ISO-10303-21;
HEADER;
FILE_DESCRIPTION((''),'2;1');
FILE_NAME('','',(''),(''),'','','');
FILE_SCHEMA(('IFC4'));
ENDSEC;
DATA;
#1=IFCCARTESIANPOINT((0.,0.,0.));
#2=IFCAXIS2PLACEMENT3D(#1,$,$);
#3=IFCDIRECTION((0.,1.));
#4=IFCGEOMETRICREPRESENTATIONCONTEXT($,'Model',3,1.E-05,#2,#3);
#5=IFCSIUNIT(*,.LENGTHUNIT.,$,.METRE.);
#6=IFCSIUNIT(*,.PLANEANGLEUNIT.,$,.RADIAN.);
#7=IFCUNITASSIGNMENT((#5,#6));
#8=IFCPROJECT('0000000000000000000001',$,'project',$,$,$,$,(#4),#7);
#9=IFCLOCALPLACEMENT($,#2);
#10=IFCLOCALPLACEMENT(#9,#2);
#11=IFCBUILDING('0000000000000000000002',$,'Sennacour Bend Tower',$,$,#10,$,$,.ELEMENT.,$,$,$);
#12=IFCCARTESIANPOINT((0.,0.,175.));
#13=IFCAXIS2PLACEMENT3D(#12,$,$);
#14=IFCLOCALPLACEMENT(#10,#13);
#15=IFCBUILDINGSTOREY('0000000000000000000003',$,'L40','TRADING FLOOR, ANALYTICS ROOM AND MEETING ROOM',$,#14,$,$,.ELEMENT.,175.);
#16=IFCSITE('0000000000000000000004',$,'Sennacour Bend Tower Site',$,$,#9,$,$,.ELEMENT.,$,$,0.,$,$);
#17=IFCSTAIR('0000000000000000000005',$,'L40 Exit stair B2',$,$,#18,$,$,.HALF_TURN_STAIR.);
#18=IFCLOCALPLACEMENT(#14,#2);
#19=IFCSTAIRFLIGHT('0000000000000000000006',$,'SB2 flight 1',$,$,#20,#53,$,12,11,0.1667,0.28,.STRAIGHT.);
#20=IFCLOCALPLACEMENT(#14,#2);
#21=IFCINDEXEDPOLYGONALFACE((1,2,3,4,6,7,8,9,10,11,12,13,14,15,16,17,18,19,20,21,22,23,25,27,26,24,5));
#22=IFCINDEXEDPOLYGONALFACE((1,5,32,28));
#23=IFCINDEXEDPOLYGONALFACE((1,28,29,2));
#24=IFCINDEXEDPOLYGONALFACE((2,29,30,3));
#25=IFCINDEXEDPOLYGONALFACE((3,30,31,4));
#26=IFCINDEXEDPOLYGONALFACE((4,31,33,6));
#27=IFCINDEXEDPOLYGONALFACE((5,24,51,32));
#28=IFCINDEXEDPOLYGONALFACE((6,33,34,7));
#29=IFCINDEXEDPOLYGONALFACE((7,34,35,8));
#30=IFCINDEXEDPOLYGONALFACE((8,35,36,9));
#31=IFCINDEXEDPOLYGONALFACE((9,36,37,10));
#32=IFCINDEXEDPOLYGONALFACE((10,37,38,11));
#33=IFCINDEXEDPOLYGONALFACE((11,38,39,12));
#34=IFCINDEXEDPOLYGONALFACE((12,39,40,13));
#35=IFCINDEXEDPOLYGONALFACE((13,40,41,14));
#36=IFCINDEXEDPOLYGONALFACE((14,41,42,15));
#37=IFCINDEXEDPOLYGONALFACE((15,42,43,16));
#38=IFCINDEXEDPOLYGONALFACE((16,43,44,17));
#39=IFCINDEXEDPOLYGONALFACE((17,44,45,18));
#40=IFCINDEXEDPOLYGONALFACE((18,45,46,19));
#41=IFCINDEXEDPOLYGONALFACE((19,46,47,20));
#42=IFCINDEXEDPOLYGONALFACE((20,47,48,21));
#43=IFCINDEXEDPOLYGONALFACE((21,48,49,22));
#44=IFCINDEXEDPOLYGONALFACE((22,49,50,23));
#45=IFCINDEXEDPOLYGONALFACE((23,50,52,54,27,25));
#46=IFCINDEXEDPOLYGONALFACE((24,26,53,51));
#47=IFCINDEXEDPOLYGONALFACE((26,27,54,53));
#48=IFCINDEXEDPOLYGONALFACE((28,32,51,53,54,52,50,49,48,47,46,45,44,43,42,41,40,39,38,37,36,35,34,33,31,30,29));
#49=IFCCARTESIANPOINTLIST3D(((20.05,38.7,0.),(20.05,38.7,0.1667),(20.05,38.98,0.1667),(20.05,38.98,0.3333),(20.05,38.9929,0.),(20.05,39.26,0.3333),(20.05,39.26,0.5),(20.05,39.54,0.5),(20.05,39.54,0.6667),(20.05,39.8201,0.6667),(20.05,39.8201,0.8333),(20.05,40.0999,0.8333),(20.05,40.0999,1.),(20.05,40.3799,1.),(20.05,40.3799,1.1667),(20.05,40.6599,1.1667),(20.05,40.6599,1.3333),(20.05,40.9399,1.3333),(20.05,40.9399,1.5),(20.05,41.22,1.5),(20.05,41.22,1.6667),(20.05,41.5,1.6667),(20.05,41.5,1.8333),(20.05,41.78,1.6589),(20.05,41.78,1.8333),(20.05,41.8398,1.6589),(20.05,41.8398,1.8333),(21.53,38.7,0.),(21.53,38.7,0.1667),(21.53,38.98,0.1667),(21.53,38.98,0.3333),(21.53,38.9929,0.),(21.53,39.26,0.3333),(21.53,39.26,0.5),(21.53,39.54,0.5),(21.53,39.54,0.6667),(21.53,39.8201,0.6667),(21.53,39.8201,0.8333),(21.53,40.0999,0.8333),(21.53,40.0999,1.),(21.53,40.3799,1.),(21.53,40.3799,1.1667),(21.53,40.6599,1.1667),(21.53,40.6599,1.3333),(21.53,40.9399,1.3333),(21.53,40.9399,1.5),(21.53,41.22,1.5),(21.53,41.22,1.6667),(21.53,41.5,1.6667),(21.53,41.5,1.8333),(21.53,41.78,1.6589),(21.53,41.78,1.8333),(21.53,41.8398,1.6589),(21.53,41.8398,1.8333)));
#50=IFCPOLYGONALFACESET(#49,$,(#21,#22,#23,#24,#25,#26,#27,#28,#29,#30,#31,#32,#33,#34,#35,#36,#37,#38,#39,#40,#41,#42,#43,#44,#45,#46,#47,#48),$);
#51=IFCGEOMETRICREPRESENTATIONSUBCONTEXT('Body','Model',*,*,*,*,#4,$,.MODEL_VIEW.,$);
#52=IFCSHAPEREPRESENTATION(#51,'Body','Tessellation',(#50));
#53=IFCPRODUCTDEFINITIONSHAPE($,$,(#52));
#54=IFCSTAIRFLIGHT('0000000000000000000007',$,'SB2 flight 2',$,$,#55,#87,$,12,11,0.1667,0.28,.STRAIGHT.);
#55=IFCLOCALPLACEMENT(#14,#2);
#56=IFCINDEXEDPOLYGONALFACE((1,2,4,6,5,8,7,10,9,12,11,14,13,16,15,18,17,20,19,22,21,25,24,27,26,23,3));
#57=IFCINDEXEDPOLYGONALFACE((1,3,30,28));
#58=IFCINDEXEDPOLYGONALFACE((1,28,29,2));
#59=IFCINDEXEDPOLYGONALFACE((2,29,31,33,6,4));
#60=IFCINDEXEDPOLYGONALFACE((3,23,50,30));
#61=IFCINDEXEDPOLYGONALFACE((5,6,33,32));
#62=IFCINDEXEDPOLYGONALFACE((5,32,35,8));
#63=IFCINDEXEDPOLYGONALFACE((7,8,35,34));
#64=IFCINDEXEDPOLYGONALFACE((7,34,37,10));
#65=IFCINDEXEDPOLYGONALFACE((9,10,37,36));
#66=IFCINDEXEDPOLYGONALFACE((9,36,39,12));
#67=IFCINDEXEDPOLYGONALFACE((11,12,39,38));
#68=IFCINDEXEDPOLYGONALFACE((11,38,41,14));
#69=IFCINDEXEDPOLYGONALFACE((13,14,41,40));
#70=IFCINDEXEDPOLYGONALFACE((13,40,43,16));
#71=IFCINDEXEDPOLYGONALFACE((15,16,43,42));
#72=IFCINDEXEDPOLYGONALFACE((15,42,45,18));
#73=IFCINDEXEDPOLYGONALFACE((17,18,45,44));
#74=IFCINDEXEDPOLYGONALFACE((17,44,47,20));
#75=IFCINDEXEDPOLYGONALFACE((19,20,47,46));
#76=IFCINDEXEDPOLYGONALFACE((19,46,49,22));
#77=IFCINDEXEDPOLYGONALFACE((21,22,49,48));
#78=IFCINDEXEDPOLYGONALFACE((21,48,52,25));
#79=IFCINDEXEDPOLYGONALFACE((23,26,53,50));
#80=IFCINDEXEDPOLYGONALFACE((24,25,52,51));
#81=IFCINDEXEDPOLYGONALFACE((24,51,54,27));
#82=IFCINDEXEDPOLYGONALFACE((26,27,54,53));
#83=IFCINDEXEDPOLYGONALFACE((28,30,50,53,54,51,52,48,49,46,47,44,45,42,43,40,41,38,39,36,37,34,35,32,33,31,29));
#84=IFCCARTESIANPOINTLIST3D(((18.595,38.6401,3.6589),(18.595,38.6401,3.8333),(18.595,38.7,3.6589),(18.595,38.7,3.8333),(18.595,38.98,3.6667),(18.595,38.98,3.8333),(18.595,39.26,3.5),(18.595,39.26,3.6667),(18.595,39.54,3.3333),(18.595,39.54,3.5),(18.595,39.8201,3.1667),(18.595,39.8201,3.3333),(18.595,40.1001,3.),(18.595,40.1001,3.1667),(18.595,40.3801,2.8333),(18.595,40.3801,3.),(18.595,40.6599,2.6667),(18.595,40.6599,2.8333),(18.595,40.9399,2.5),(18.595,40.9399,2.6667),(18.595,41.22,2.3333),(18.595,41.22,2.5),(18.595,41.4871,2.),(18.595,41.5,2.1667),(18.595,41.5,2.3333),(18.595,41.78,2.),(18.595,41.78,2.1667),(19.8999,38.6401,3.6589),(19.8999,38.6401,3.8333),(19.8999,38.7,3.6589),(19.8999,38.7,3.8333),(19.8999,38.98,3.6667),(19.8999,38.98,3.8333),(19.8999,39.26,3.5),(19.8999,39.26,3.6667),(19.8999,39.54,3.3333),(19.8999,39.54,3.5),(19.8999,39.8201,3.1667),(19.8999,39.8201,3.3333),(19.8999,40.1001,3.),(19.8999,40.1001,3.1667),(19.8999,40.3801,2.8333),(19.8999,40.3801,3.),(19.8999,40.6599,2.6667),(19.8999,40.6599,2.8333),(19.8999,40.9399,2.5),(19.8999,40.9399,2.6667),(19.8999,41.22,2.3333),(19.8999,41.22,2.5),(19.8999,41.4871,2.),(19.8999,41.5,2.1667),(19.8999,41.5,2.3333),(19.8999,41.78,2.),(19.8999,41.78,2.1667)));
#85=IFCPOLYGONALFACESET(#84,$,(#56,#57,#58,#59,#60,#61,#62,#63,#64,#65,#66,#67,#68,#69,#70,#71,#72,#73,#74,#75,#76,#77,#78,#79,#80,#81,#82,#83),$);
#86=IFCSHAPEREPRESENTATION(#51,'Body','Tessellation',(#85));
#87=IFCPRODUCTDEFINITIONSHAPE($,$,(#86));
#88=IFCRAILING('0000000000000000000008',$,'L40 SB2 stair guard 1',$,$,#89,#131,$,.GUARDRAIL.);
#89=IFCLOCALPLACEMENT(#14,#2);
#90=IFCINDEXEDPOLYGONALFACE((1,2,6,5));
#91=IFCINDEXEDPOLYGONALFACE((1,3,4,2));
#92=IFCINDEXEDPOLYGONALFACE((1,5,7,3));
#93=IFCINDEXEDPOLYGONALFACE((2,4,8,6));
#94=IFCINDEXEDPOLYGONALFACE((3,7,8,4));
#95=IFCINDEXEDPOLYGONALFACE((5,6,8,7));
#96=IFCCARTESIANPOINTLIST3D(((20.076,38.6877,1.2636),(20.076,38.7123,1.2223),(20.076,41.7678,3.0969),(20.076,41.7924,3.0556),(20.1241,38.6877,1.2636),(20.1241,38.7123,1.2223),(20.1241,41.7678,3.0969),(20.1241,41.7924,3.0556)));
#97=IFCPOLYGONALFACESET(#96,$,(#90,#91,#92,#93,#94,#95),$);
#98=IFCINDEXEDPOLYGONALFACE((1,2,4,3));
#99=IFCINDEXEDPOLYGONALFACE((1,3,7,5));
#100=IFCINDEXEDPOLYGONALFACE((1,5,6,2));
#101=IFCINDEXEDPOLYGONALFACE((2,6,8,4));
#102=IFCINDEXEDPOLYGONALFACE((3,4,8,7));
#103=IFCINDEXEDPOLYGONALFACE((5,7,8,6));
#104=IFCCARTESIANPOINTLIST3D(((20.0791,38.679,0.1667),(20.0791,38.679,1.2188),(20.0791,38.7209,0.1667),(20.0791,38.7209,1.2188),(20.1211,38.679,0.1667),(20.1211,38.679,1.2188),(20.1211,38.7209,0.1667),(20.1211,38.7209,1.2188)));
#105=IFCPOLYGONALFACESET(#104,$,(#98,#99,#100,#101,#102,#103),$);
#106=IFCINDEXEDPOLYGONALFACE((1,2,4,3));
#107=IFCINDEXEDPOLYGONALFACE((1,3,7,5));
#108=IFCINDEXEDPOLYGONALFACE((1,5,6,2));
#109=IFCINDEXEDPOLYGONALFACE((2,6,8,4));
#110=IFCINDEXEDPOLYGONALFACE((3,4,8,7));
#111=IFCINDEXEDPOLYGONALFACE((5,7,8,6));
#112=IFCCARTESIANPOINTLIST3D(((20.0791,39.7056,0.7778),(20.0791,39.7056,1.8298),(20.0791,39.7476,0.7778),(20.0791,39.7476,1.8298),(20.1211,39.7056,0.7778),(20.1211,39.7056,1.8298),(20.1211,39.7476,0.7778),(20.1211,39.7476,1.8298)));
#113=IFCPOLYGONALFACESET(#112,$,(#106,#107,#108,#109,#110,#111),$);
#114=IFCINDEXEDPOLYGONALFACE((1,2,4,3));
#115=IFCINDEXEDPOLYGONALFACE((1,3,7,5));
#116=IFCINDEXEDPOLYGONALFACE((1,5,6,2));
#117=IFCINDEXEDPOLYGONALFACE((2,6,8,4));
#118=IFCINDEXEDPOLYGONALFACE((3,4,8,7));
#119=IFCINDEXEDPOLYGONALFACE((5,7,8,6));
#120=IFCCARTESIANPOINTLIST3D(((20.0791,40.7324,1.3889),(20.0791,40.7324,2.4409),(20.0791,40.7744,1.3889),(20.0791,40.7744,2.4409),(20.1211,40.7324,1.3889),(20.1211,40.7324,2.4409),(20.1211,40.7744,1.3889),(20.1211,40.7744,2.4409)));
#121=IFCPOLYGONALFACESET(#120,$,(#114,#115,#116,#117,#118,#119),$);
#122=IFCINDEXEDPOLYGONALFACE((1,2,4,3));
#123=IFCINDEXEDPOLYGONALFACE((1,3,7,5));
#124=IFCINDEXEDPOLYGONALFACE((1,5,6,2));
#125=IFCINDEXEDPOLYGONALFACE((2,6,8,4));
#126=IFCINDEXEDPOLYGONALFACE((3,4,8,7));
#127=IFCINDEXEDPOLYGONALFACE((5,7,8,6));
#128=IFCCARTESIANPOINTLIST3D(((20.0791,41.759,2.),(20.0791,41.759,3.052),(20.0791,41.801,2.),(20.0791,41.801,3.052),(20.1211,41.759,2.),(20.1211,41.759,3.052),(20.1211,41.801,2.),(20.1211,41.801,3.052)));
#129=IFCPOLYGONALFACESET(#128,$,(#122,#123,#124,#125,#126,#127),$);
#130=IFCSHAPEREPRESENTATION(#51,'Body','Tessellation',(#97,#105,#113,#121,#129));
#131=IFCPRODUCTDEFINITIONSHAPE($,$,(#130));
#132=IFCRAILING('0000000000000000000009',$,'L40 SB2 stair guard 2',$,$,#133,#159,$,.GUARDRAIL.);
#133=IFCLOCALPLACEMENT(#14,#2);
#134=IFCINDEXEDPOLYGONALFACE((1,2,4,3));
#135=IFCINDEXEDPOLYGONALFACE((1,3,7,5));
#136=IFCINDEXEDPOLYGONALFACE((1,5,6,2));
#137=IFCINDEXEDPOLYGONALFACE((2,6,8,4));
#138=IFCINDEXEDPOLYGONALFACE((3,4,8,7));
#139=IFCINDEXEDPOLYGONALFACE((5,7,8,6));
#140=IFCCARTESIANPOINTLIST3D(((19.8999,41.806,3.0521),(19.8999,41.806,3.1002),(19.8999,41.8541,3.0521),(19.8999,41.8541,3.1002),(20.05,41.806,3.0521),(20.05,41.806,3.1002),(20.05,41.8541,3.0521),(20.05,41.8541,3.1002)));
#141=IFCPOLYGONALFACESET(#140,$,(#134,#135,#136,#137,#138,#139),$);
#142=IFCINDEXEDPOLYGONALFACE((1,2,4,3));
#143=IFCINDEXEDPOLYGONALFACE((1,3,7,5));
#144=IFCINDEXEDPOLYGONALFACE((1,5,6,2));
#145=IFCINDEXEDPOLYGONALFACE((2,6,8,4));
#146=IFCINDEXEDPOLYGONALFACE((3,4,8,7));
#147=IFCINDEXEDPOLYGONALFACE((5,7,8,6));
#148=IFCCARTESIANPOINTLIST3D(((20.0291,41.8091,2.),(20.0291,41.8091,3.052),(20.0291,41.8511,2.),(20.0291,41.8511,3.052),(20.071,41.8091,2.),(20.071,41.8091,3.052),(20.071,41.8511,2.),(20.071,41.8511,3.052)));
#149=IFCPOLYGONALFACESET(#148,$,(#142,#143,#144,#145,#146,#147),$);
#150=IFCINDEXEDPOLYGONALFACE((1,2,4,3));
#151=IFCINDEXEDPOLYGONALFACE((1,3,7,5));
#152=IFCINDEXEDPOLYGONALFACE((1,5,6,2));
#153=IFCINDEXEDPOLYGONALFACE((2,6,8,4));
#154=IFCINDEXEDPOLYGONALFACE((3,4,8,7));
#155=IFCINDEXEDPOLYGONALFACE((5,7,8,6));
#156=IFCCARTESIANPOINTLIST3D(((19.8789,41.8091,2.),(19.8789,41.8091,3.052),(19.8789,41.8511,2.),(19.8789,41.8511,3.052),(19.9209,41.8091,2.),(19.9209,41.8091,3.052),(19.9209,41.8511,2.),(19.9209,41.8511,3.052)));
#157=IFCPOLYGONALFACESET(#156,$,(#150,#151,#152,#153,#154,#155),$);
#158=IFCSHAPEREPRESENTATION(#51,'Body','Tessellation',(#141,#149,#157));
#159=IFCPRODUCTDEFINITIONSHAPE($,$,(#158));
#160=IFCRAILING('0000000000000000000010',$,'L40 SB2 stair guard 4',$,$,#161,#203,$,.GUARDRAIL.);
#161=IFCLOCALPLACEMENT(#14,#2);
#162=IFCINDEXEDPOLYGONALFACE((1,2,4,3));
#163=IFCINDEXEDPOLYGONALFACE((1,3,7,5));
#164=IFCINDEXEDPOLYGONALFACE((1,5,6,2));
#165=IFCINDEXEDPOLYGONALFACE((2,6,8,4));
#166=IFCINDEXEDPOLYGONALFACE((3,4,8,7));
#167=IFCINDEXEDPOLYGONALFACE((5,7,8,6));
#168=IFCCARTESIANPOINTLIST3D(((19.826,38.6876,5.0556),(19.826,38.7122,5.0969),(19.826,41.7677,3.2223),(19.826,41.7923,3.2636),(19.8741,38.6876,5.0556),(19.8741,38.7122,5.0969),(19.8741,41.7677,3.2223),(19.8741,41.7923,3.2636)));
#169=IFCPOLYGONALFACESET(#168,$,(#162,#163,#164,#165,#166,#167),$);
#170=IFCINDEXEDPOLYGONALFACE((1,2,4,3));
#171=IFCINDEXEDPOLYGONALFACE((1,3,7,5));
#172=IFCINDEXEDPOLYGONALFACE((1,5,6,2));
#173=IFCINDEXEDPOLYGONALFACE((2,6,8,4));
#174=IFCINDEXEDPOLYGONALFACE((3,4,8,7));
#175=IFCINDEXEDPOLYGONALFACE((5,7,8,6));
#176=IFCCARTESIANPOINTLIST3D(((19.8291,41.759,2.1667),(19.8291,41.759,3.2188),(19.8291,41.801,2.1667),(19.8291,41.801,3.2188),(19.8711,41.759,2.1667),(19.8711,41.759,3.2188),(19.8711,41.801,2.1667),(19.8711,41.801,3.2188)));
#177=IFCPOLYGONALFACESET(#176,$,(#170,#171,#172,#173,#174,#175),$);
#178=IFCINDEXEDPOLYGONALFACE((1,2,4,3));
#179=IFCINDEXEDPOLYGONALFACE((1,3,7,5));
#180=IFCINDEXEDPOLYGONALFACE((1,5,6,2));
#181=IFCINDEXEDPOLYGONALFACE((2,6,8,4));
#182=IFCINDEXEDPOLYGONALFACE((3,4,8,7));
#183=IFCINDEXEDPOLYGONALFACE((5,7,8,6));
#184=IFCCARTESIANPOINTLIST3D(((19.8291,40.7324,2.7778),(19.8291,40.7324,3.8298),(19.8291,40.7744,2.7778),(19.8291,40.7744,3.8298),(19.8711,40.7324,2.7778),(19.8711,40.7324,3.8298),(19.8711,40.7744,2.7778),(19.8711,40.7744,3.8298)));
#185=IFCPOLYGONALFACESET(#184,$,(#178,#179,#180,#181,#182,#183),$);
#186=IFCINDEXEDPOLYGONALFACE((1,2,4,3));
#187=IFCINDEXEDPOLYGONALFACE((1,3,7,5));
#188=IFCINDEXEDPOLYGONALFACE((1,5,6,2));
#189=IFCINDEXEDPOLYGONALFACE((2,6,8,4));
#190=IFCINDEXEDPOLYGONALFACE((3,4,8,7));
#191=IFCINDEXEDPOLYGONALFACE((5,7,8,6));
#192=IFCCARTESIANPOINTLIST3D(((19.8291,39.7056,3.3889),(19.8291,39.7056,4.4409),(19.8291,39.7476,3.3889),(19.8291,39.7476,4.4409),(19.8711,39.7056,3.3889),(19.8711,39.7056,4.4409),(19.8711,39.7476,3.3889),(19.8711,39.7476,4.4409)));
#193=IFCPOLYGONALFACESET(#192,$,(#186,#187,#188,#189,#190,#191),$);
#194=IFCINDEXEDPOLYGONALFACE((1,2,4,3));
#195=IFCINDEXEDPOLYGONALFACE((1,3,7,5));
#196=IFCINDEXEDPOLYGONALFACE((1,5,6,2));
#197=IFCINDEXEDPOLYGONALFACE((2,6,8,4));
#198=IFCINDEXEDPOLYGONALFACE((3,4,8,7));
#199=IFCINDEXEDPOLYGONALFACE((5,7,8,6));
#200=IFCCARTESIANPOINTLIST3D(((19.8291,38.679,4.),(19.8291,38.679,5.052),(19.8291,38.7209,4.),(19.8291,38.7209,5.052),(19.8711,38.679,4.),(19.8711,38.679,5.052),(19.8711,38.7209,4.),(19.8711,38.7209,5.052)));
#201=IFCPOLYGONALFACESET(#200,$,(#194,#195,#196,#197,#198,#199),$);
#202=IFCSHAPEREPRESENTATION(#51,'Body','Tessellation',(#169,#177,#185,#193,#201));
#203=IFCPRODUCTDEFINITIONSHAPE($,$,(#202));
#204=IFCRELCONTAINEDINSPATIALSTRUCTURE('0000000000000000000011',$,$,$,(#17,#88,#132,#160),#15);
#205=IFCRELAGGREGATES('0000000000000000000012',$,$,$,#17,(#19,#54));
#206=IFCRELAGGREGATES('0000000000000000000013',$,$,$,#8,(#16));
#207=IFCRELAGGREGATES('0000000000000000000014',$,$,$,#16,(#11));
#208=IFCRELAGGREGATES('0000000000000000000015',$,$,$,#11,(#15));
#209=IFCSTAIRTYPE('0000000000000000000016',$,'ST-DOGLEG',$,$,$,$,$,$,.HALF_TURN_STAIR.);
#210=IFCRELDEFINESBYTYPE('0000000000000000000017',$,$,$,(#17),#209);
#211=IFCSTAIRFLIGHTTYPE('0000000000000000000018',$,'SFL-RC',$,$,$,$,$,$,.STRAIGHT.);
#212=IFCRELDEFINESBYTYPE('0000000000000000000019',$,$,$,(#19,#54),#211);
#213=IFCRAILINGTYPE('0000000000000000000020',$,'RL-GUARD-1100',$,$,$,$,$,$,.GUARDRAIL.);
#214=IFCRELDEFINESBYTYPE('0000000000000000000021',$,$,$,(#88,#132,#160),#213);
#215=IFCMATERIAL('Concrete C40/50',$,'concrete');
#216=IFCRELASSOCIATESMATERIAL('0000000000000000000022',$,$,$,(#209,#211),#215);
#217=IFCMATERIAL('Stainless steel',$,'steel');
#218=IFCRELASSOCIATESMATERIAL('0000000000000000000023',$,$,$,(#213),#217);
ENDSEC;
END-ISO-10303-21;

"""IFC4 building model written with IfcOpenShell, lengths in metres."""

from ifc_helpers import new_model, si_unit, direction, frame, origin, origin_2d, place, context, subcontext, project, spatial, polyline, rectangle, outline, extrude, material, type_object, element, aggregate, save


model = new_model("IFC4")

# Units and contexts
model_context = context("Model", 3, precision=1e-05, world=origin(), true_north=direction((0.0, 1.0)))
body_context = subcontext(model_context, "Body", "Model", "MODEL_VIEW")
ifc_project = project(units=[si_unit("LENGTHUNIT", "METRE"), si_unit("PLANEANGLEUNIT", "RADIAN")], contexts=[model_context])

# Site, building, storey
site_placement = place(None, origin())
site = spatial("IfcSite", under=ifc_project, at=site_placement, Name="Sennacour Bend Tower Site", CompositionType="ELEMENT", RefElevation=0.0)
building_placement = place(site_placement, origin())
building = spatial("IfcBuilding", under=site, at=building_placement, Name="Sennacour Bend Tower", CompositionType="ELEMENT")
storey_placement = place(building_placement, frame((0.0, 0.0, 175.0)))
storey = spatial("IfcBuildingStorey", under=building, at=storey_placement, Name="L40", Description="TRADING FLOOR, ANALYTICS ROOM AND MEETING ROOM", CompositionType="ELEMENT", Elevation=175.0)

# Shared definitions
ifc_material_1 = material(Name="Stainless steel", Category="steel")

# Stair, stair flights
ifc_material_2 = material(Name="Concrete C40/50", Category="concrete")
stair_type = type_object("IfcStairType", Name="ST-DOGLEG", PredefinedType="HALF_TURN_STAIR", material=ifc_material_2)
stair_placement = place(storey_placement, origin())
stair = element("IfcStair", 1, at=stair_placement, inside=storey, type_object=stair_type, Name="L40 Exit stair B2", PredefinedType="HALF_TURN_STAIR")
stair_flight_type = type_object("IfcStairFlightType", Name="SFL-RC", PredefinedType="STRAIGHT", material=ifc_material_2)
stair_flight_1_placement = place(storey_placement, frame((20.79, 38.7, 0.0), z_axis=(0.0, 0.0, 1.0), x_axis=(0.0, 1.0, 0.0)))
stair_flight_1 = element("IfcStairFlight", 2, at=stair_flight_1_placement, type_object=stair_flight_type, Name="SB2 flight 1", NumberOfRisers=12, NumberOfTreads=11, PredefinedType="STRAIGHT", RiserHeight=0.1667, TreadLength=0.28, context=body_context, shape_type="SweptSolid", body=[
    extrude(outline(polyline([(0.0, 0.0), (0.0, 0.1667), (0.28, 0.1667), (0.28, 0.3333), (0.5601, 0.3333), (0.5601, 0.5), (0.8401, 0.5), (0.8401, 0.6667), (1.1201, 0.6667), (1.1201, 0.8333), (1.3999, 0.8333), (1.3999, 1.0), (1.6799, 1.0), (1.6799, 1.1667), (1.96, 1.1667), (1.96, 1.3333), (2.24, 1.3333), (2.24, 1.5), (2.52, 1.5), (2.52, 1.6667), (2.8, 1.6667), (2.8, 1.8333), (3.0801, 1.8333), (3.1399, 1.8333), (3.1399, 1.6589), (3.0801, 1.6589), (0.293, 0.0), (0.0, 0.0)])), frame((0.0, 0.74, 0.0), z_axis=(0.0, -1.0, 0.0), x_axis=(1.0, 0.0, 0.0)), (0.0, 0.0, 1.0), 1.48),
])
stair_flight_2_placement = place(storey_placement, frame((19.2476, 41.78, 2.0), z_axis=(0.0, 0.0, 1.0), x_axis=(0.0, -1.0, 0.0)))
stair_flight_2 = element("IfcStairFlight", 3, at=stair_flight_2_placement, type_object=stair_flight_type, Name="SB2 flight 2", NumberOfRisers=12, NumberOfTreads=11, PredefinedType="STRAIGHT", RiserHeight=0.1667, TreadLength=0.28, context=body_context, shape_type="SweptSolid", body=[
    extrude(outline(polyline([(0.0, 0.0), (0.0, 0.1667), (0.28, 0.1667), (0.28, 0.3333), (0.5601, 0.3333), (0.5601, 0.5), (0.8401, 0.5), (0.8401, 0.6667), (1.1201, 0.6667), (1.1201, 0.8333), (1.3999, 0.8333), (1.3999, 1.0), (1.6799, 1.0), (1.6799, 1.1667), (1.96, 1.1667), (1.96, 1.3333), (2.24, 1.3333), (2.24, 1.5), (2.52, 1.5), (2.52, 1.6667), (2.8, 1.6667), (2.8, 1.8333), (3.0801, 1.8333), (3.1399, 1.8333), (3.1399, 1.6589), (3.0801, 1.6589), (0.293, 0.0), (0.0, 0.0)])), frame((0.0, 0.6523, 0.0), z_axis=(0.0, -1.0, 0.0), x_axis=(1.0, 0.0, 0.0)), (0.0, 0.0, 1.0), 1.3049),
])
aggregate(stair, [stair_flight_1, stair_flight_2])

# Railings
railing_type_1 = type_object("IfcRailingType", Name="RL-GUARD-1100", PredefinedType="GUARDRAIL", material=ifc_material_1)
railing_1_placement = place(storey_placement, frame((20.1001, 38.7, 0.1667)))
element("IfcRailing", 4, at=railing_1_placement, inside=storey, type_object=railing_type_1, Name="L40 SB2 stair guard 1", PredefinedType="GUARDRAIL", context=body_context, shape_type="SweptSolid", body=[
    extrude(rectangle(XDim=0.0481, YDim=0.0481, at=origin_2d()), frame((0.0, 0.0, 1.0762), z_axis=(0.0, 0.859309, 0.511458), x_axis=(-1.0, 0.0, 0.0)), (0.0, 0.0, 1.0), 3.5845),
    extrude(rectangle(XDim=0.042, YDim=0.042, at=origin_2d()), origin(), (0.0, 0.0, 1.0), 1.052),
    extrude(rectangle(XDim=0.042, YDim=0.042, at=origin_2d()), frame((0.0, 1.0266, 0.6111)), (0.0, 0.0, 1.0), 1.052),
    extrude(rectangle(XDim=0.042, YDim=0.042, at=origin_2d()), frame((0.0, 2.0535, 1.2222)), (0.0, 0.0, 1.0), 1.052),
    extrude(rectangle(XDim=0.042, YDim=0.042, at=origin_2d()), frame((0.0, 3.0801, 1.8333)), (0.0, 0.0, 1.0), 1.052),
])
railing_2_placement = place(storey_placement, frame((20.05, 41.8301, 2.0)))
element("IfcRailing", 5, at=railing_2_placement, inside=storey, type_object=railing_type_1, Name="L40 SB2 stair guard 2", PredefinedType="GUARDRAIL", context=body_context, shape_type="SweptSolid", body=[
    extrude(rectangle(XDim=0.0481, YDim=0.0481, at=origin_2d()), frame((0.0, 0.0, 1.0762), z_axis=(-1.0, 0.0, 0.0), x_axis=(0.0, -1.0, 0.0)), (0.0, 0.0, 1.0), 0.1501),
    extrude(rectangle(XDim=0.042, YDim=0.042, at=origin_2d()), origin(), (0.0, 0.0, 1.0), 1.052),
    extrude(rectangle(XDim=0.042, YDim=0.042, at=origin_2d()), frame((-0.1501, 0.0, 0.0)), (0.0, 0.0, 1.0), 1.052),
])
railing_3_placement = place(storey_placement, frame((19.8501, 41.78, 2.1667)))
element("IfcRailing", 6, at=railing_3_placement, inside=storey, type_object=railing_type_1, Name="L40 SB2 stair guard 4", PredefinedType="GUARDRAIL", context=body_context, shape_type="SweptSolid", body=[
    extrude(rectangle(XDim=0.0481, YDim=0.0481, at=origin_2d()), frame((0.0, 0.0, 1.0762), z_axis=(0.0, -0.859309, 0.511458), x_axis=(1.0, 0.0, 0.0)), (0.0, 0.0, 1.0), 3.5845),
    extrude(rectangle(XDim=0.042, YDim=0.042, at=origin_2d()), origin(), (0.0, 0.0, 1.0), 1.052),
    extrude(rectangle(XDim=0.042, YDim=0.042, at=origin_2d()), frame((0.0, -1.0266, 0.6111)), (0.0, 0.0, 1.0), 1.052),
    extrude(rectangle(XDim=0.042, YDim=0.042, at=origin_2d()), frame((0.0, -2.0535, 1.2222)), (0.0, 0.0, 1.0), 1.052),
    extrude(rectangle(XDim=0.042, YDim=0.042, at=origin_2d()), frame((0.0, -3.0801, 1.8333)), (0.0, 0.0, 1.0), 1.052),
])

save(model, "model.ifc")
